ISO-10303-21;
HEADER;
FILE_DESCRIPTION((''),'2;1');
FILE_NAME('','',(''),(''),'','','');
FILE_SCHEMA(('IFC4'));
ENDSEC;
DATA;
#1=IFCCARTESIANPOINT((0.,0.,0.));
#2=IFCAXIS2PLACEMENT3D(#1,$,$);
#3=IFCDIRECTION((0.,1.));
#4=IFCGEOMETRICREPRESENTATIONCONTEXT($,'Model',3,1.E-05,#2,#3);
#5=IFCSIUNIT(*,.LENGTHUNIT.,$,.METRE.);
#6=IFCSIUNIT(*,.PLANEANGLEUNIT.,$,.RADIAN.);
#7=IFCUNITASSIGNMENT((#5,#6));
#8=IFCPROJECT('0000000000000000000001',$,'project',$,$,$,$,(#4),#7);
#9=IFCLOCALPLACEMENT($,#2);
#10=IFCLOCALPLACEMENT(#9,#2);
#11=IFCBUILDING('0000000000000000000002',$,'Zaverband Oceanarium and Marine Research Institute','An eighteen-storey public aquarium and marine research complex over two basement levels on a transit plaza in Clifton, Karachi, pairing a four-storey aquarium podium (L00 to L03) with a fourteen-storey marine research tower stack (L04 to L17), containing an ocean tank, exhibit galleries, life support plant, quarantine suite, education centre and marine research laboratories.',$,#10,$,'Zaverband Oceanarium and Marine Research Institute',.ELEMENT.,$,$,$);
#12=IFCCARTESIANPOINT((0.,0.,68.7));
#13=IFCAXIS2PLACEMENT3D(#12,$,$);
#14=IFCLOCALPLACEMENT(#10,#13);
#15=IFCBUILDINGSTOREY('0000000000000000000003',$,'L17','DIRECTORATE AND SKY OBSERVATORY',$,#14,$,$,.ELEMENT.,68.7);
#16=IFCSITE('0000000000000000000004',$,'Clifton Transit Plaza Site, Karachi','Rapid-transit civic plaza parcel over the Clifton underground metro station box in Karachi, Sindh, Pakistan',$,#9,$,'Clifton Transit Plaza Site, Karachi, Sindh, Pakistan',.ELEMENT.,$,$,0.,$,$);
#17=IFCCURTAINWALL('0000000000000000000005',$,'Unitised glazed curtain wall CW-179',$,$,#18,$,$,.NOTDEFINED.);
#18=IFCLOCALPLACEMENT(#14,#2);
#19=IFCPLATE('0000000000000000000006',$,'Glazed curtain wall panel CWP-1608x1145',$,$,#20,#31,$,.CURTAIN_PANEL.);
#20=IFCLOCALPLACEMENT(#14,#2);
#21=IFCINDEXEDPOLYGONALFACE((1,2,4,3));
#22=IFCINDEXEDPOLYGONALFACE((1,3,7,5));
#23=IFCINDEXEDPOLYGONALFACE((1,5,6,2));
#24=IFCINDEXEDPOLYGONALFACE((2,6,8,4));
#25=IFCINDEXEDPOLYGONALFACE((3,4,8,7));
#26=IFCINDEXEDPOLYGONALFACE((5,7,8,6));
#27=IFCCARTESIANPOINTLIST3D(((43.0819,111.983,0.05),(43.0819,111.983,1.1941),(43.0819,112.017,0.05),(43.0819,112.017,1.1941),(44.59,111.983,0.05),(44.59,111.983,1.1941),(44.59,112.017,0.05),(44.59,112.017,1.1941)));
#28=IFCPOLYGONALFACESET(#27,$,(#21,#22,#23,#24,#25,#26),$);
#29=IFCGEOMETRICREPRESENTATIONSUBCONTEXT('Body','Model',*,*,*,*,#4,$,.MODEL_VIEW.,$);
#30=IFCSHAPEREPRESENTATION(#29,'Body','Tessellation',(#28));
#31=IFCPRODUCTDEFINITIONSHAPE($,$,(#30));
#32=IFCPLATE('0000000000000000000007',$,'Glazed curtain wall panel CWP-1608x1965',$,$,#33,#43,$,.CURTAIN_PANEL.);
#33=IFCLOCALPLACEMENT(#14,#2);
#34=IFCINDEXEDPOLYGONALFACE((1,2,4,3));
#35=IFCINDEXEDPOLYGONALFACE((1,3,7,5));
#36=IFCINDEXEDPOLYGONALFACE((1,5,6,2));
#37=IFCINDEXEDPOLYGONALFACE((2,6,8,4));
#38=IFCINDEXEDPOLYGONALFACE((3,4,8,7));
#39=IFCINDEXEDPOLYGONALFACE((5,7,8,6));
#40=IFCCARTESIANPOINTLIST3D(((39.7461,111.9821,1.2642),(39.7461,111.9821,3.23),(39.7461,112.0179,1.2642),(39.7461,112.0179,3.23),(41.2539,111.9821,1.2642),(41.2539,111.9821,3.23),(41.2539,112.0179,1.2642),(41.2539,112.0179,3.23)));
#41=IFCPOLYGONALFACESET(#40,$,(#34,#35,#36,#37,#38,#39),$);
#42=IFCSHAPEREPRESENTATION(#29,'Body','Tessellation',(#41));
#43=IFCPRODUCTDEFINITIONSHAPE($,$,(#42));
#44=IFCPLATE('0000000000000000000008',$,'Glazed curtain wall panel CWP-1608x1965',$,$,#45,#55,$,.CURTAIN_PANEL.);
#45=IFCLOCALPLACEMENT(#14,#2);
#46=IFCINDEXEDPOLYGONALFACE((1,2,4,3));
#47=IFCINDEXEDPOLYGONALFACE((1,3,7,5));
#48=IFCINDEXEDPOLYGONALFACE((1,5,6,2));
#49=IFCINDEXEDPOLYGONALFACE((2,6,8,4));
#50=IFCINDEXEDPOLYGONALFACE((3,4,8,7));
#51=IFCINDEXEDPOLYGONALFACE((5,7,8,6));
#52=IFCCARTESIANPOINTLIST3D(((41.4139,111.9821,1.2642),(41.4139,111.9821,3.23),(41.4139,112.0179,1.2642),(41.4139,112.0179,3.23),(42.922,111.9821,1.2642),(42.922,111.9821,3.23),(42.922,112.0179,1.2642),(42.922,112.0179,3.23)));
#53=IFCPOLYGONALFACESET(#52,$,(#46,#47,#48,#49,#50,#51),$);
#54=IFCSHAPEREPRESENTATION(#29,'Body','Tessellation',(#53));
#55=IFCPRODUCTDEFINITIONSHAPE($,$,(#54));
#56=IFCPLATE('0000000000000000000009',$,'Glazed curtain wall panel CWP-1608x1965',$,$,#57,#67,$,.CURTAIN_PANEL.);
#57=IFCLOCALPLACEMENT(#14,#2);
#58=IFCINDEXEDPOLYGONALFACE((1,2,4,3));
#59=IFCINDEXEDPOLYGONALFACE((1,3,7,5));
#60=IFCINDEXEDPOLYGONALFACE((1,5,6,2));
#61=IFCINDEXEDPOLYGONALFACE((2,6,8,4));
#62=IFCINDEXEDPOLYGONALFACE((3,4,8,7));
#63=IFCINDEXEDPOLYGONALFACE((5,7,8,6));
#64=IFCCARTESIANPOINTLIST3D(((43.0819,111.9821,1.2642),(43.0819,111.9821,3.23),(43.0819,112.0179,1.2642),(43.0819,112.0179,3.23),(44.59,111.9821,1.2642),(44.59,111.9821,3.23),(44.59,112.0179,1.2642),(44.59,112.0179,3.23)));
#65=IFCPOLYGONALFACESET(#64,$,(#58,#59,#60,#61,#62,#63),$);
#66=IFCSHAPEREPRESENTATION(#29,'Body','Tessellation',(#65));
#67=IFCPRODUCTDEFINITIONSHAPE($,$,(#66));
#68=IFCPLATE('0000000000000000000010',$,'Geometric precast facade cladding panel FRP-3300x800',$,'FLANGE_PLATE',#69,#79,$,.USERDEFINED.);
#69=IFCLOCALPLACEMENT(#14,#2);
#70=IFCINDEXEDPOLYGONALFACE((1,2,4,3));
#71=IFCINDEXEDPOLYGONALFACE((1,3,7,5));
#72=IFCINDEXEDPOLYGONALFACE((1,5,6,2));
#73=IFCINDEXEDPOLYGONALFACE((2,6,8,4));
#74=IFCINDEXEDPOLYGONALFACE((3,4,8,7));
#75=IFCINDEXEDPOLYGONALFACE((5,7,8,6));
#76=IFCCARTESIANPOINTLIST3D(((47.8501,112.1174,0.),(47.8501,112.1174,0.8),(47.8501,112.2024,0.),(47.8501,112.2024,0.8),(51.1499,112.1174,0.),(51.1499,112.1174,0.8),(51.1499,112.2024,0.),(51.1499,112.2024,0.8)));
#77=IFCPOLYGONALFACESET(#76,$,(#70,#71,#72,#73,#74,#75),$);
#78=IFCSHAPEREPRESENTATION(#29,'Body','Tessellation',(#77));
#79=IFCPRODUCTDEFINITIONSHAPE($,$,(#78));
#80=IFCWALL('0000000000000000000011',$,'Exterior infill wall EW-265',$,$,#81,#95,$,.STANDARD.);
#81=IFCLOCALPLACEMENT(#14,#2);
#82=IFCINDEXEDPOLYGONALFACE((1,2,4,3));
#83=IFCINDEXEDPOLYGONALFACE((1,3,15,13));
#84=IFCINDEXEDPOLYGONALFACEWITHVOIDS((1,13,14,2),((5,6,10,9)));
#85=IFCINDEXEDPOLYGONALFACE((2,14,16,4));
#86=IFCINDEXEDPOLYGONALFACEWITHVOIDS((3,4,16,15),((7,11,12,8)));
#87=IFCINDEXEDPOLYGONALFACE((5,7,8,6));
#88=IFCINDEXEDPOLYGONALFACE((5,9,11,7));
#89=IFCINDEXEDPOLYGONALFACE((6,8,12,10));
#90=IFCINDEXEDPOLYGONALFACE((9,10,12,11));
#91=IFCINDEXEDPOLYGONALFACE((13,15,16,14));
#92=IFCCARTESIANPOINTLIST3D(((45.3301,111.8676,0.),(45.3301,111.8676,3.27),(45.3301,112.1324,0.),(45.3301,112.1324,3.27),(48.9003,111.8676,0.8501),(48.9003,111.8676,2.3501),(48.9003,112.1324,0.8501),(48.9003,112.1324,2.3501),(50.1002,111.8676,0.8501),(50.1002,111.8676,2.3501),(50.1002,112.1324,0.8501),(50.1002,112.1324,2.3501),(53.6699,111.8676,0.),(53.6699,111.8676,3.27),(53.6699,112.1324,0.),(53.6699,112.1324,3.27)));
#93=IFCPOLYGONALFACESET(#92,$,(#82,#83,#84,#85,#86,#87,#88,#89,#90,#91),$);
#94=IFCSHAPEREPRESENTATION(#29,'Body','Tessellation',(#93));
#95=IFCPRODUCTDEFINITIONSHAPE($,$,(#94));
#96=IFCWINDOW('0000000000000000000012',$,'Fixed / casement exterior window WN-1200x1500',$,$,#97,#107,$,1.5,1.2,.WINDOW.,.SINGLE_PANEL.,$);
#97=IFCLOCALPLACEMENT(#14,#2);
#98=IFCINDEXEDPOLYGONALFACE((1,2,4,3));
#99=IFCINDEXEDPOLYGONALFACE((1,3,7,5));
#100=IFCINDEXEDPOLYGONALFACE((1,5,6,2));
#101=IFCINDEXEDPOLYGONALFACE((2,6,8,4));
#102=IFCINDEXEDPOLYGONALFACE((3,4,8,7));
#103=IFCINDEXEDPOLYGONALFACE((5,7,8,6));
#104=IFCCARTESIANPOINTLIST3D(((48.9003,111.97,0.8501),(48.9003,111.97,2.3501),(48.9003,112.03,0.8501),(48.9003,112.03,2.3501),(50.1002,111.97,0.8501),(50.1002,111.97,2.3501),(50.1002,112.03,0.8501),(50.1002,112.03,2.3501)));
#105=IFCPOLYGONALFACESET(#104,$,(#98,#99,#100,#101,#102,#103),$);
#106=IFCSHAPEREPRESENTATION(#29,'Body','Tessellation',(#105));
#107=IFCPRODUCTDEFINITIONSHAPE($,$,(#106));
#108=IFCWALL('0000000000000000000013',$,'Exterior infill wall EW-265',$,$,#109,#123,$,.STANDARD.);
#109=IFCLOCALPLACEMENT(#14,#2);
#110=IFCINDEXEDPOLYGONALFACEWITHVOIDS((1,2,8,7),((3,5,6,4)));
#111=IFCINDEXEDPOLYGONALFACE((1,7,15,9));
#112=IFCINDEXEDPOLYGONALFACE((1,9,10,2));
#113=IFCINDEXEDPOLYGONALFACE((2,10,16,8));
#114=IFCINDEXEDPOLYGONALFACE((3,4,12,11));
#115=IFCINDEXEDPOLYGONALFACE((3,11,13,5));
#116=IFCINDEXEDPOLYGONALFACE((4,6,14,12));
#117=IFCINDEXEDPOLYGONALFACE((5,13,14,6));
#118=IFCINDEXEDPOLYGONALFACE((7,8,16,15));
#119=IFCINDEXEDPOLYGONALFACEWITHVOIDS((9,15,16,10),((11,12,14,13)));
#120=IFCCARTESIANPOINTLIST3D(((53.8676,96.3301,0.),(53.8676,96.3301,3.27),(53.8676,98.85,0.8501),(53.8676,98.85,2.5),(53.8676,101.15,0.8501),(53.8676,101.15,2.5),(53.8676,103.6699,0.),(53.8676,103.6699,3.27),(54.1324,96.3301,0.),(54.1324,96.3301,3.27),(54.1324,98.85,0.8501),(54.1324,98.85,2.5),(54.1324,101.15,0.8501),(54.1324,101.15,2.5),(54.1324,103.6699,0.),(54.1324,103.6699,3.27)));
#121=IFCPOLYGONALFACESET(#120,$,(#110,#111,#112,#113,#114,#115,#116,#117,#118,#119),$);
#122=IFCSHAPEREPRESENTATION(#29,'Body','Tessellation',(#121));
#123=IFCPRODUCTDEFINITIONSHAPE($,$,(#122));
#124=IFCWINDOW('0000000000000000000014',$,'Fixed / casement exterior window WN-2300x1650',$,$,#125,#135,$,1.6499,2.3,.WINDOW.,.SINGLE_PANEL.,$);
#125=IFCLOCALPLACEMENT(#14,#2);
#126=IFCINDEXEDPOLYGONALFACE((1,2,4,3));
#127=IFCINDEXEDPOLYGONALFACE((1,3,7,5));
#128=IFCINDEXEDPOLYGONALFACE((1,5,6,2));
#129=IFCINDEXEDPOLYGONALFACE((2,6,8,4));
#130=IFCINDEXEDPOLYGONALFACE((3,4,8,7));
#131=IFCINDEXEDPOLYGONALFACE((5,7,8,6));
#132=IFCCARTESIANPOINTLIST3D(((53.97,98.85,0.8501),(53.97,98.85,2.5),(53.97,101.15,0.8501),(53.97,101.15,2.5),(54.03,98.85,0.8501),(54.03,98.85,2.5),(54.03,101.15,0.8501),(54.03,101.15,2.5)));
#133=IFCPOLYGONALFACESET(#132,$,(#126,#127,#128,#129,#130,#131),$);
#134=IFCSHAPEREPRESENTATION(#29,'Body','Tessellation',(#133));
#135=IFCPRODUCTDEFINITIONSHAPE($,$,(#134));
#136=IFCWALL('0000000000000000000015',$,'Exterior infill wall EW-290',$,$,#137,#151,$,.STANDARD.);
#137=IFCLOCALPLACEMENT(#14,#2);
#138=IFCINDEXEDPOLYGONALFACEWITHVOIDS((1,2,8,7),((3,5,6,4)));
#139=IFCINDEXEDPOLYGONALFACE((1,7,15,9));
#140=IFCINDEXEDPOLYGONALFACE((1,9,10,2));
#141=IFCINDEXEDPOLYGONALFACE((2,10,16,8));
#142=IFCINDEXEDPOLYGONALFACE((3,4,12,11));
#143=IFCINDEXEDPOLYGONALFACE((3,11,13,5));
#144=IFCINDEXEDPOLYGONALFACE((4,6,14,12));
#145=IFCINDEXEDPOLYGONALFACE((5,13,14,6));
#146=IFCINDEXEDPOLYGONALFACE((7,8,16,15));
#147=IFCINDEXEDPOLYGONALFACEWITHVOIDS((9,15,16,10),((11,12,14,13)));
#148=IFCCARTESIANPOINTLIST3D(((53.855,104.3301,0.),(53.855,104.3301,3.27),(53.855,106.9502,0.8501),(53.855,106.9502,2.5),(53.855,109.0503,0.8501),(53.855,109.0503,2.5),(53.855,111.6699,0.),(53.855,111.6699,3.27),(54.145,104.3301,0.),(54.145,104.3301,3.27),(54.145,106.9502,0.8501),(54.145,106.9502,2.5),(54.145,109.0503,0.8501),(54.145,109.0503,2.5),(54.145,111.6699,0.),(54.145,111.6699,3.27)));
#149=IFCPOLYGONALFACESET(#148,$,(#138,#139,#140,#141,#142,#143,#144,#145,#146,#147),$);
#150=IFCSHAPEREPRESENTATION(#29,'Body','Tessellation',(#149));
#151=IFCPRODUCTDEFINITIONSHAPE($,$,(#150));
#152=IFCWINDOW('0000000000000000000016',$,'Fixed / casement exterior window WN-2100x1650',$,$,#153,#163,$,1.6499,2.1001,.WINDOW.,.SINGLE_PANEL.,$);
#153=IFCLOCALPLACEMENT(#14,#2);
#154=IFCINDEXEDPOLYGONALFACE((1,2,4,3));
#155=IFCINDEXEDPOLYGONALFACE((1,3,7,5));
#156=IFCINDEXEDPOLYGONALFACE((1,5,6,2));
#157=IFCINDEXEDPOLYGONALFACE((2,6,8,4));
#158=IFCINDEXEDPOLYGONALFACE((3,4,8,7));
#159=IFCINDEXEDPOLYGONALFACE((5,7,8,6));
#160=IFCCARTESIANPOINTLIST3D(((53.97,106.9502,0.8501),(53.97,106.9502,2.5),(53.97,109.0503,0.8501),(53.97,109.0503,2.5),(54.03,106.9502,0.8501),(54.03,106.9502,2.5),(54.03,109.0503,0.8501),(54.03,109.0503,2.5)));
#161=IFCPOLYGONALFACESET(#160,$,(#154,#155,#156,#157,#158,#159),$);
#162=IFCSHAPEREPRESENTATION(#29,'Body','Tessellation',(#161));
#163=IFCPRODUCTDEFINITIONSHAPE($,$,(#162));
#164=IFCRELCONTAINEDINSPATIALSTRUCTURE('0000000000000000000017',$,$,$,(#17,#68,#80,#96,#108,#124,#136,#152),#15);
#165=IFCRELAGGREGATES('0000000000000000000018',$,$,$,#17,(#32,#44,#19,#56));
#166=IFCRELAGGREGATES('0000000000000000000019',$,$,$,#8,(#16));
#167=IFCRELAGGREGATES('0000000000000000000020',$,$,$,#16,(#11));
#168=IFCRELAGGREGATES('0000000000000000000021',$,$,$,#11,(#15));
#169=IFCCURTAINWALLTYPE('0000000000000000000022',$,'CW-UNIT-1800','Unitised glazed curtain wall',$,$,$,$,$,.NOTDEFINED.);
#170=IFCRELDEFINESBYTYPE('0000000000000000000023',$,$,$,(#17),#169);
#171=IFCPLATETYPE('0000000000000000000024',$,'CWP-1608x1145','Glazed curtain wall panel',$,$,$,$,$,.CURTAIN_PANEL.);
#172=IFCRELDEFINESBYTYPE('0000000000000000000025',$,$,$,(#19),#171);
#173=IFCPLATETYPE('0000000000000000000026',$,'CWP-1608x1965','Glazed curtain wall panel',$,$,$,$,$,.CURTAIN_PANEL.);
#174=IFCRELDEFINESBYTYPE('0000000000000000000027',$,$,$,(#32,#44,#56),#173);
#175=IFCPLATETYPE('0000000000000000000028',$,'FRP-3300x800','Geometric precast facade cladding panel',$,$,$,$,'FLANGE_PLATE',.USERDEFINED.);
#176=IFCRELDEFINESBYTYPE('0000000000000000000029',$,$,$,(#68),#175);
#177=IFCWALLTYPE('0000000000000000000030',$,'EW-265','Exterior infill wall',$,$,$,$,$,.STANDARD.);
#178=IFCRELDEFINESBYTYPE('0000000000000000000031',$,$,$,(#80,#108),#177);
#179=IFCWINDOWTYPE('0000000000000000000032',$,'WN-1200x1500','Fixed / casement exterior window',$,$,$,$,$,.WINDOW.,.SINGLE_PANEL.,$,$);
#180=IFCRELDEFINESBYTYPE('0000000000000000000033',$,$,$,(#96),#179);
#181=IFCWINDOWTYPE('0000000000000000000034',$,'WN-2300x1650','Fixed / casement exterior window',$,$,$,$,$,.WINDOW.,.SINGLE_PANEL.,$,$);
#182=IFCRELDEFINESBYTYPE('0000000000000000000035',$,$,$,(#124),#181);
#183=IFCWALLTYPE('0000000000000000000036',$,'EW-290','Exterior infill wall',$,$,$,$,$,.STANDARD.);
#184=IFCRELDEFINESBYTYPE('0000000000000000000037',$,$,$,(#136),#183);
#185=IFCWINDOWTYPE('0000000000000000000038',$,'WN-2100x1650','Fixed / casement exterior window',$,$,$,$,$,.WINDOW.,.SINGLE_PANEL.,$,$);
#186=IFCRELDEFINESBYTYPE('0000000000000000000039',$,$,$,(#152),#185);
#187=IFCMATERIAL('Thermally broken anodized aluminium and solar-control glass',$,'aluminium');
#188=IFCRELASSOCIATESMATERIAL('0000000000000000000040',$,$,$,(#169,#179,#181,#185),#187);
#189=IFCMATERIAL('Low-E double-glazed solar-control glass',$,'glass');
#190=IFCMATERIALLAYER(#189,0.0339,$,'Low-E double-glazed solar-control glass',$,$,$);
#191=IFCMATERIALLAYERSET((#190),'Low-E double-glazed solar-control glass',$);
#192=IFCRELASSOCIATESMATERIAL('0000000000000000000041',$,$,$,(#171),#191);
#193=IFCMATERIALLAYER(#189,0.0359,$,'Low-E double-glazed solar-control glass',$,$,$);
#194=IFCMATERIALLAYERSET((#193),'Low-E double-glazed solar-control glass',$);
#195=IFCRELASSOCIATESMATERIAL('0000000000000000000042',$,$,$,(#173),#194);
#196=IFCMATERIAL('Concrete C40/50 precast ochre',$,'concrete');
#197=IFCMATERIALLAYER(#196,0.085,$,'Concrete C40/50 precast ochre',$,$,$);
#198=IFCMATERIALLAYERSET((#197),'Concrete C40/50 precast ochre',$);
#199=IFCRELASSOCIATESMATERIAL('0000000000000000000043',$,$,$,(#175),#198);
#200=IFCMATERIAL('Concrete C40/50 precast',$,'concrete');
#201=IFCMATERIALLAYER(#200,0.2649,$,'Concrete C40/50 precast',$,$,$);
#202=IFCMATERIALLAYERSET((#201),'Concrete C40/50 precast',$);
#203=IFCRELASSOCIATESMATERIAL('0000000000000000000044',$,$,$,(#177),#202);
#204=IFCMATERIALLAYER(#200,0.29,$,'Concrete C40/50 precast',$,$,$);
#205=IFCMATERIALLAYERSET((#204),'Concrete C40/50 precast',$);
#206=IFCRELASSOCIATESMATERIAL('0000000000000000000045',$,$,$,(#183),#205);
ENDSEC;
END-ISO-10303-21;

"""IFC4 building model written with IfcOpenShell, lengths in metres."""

from ifc_helpers import new_model, si_unit, direction, frame, frame_2d, origin, place, context, subcontext, project, spatial, rectangle, extrude, material, layer, layer_set, type_object, element, fill, aggregate, save


model = new_model("IFC4")

# Units and contexts
model_context = context("Model", 3, precision=1e-05, world=origin(), true_north=direction((0.0, 1.0)))
body_context = subcontext(model_context, "Body", "Model", "MODEL_VIEW")
ifc_project = project(units=[si_unit("LENGTHUNIT", "METRE"), si_unit("PLANEANGLEUNIT", "RADIAN")], contexts=[model_context])

# Site, building, storey
site_placement = place(None, origin())
site = spatial("IfcSite", under=ifc_project, at=site_placement, Name="Clifton Transit Plaza Site, Karachi", Description="Rapid-transit civic plaza parcel over the Clifton underground metro station box in Karachi, Sindh, Pakistan", LongName="Clifton Transit Plaza Site, Karachi, Sindh, Pakistan", CompositionType="ELEMENT", RefElevation=0.0)
building_placement = place(site_placement, origin())
building = spatial("IfcBuilding", under=site, at=building_placement, Name="Zaverband Oceanarium and Marine Research Institute", Description="An eighteen-storey public aquarium and marine research complex over two basement levels on a transit plaza in Clifton, Karachi, pairing a four-storey aquarium podium (L00 to L03) with a fourteen-storey marine research tower stack (L04 to L17), containing an ocean tank, exhibit galleries, life support plant, quarantine suite, education centre and marine research laboratories.", LongName="Zaverband Oceanarium and Marine Research Institute", CompositionType="ELEMENT")
storey_placement = place(building_placement, frame((0.0, 0.0, 68.7)))
storey = spatial("IfcBuildingStorey", under=building, at=storey_placement, Name="L17", Description="DIRECTORATE AND SKY OBSERVATORY", CompositionType="ELEMENT", Elevation=68.7)

# Curtain wall
ifc_material_1 = material(Name="Thermally broken anodized aluminium and solar-control glass", Category="aluminium")
curtain_wall_type = type_object("IfcCurtainWallType", Name="CW-UNIT-1800", Description="Unitised glazed curtain wall", PredefinedType="NOTDEFINED", material=ifc_material_1)
curtain_wall_placement = place(storey_placement, origin())
curtain_wall = element("IfcCurtainWall", 1, at=curtain_wall_placement, inside=storey, type_object=curtain_wall_type, Name="Unitised glazed curtain wall CW-179", PredefinedType="NOTDEFINED")

# Plates
ifc_material_2 = material(Name="Low-E double-glazed solar-control glass", Category="glass")
ifc_layer_1 = layer(ifc_material_2, 0.0339, Name="Low-E double-glazed solar-control glass")
ifc_layer_set_1 = layer_set([ifc_layer_1], Name="Low-E double-glazed solar-control glass")
plate_type_1 = type_object("IfcPlateType", Name="CWP-1608x1145", Description="Glazed curtain wall panel", PredefinedType="CURTAIN_PANEL", material=ifc_layer_set_1)
plate_1_placement = place(storey_placement, frame((43.082, 112.0, 0.05), z_axis=(0.0, 0.0, 1.0), x_axis=(1.0, 0.0, 0.0)))
plate_1 = element("IfcPlate", 2, at=plate_1_placement, type_object=plate_type_1, Name="Glazed curtain wall panel CWP-1608x1145", PredefinedType="CURTAIN_PANEL", context=body_context, shape_type="SweptSolid", body=[
    extrude(rectangle(XDim=1.5081, YDim=0.0339, at=frame_2d((0.7539, 0.0))), origin(), (0.0, 0.0, 1.0), 1.144),
])
ifc_layer_2 = layer(ifc_material_2, 0.0359, Name="Low-E double-glazed solar-control glass")
ifc_layer_set_2 = layer_set([ifc_layer_2], Name="Low-E double-glazed solar-control glass")
plate_type_2 = type_object("IfcPlateType", Name="CWP-1608x1965", Description="Glazed curtain wall panel", PredefinedType="CURTAIN_PANEL", material=ifc_layer_set_2)
plate_2_placement = place(storey_placement, frame((39.7461, 112.0, 1.2642), z_axis=(0.0, 0.0, 1.0), x_axis=(1.0, 0.0, 0.0)))
plate_2 = element("IfcPlate", 3, at=plate_2_placement, type_object=plate_type_2, Name="Glazed curtain wall panel CWP-1608x1965", PredefinedType="CURTAIN_PANEL", context=body_context, shape_type="SweptSolid", body=[
    extrude(rectangle(XDim=1.5078, YDim=0.0359, at=frame_2d((0.7539, 0.0))), origin(), (0.0, 0.0, 1.0), 1.9658),
])
plate_3_placement = place(storey_placement, frame((41.4141, 112.0, 1.2642), z_axis=(0.0, 0.0, 1.0), x_axis=(1.0, 0.0, 0.0)))
plate_3 = element("IfcPlate", 4, at=plate_3_placement, type_object=plate_type_2, Name="Glazed curtain wall panel CWP-1608x1965", PredefinedType="CURTAIN_PANEL", context=body_context, shape_type="SweptSolid", body=[
    extrude(rectangle(XDim=1.5081, YDim=0.0359, at=frame_2d((0.7539, 0.0))), origin(), (0.0, 0.0, 1.0), 1.9658),
])
plate_4_placement = place(storey_placement, frame((43.082, 112.0, 1.2642), z_axis=(0.0, 0.0, 1.0), x_axis=(1.0, 0.0, 0.0)))
plate_4 = element("IfcPlate", 5, at=plate_4_placement, type_object=plate_type_2, Name="Glazed curtain wall panel CWP-1608x1965", PredefinedType="CURTAIN_PANEL", context=body_context, shape_type="SweptSolid", body=[
    extrude(rectangle(XDim=1.5081, YDim=0.0359, at=frame_2d((0.7539, 0.0))), origin(), (0.0, 0.0, 1.0), 1.9658),
])
aggregate(curtain_wall, [plate_2, plate_3, plate_1, plate_4])
ifc_material_3 = material(Name="Concrete C40/50 precast ochre", Category="concrete")
ifc_layer_3 = layer(ifc_material_3, 0.085, Name="Concrete C40/50 precast ochre")
ifc_layer_set_3 = layer_set([ifc_layer_3], Name="Concrete C40/50 precast ochre")
plate_type_3 = type_object("IfcPlateType", Name="FRP-3300x800", Description="Geometric precast facade cladding panel", ElementType="FLANGE_PLATE", PredefinedType="USERDEFINED", material=ifc_layer_set_3)
plate_5_placement = place(storey_placement, frame((47.8501, 112.1599, 0.0), z_axis=(0.0, 0.0, 1.0), x_axis=(1.0, 0.0, 0.0)))
element("IfcPlate", 6, at=plate_5_placement, inside=storey, type_object=plate_type_3, Name="Geometric precast facade cladding panel FRP-3300x800", ObjectType="FLANGE_PLATE", PredefinedType="USERDEFINED", context=body_context, shape_type="SweptSolid", body=[
    extrude(rectangle(XDim=3.2998, YDim=0.085, at=frame_2d((1.6499, 0.0))), origin(), (0.0, 0.0, 1.0), 0.8),
])

# Walls, openings, windows
ifc_material_4 = material(Name="Concrete C40/50 precast", Category="concrete")
ifc_layer_4 = layer(ifc_material_4, 0.2649, Name="Concrete C40/50 precast")
ifc_layer_set_4 = layer_set([ifc_layer_4], Name="Concrete C40/50 precast")
wall_type_1 = type_object("IfcWallType", Name="EW-265", Description="Exterior infill wall", PredefinedType="STANDARD", material=ifc_layer_set_4)
wall_1_placement = place(storey_placement, frame((45.3301, 112.0, 0.0), z_axis=(0.0, 0.0, 1.0), x_axis=(1.0, 0.0, 0.0)))
wall_1 = element("IfcWall", 7, at=wall_1_placement, inside=storey, type_object=wall_type_1, Name="Exterior infill wall EW-265", PredefinedType="STANDARD", context=body_context, shape_type="SweptSolid", body=[
    extrude(rectangle(XDim=8.3398, YDim=0.2649, at=frame_2d((4.1699, 0.0))), origin(), (0.0, 0.0, 1.0), 3.27),
])
opening_1_placement = place(wall_1_placement, frame((3.5701, 0.0, 0.8501)))
opening_1 = element("IfcOpeningElement", 8, at=opening_1_placement, cuts=wall_1, PredefinedType="OPENING", context=body_context, shape_type="SweptSolid", body=[
    extrude(rectangle(XDim=1.2, YDim=1.5, at=frame_2d((0.6001, 0.75))), frame((0.0, 0.1445, 0.0), z_axis=(0.0, -1.0, 0.0), x_axis=(1.0, 0.0, 0.0)), (0.0, 0.0, 1.0), 0.2888),
])
window_type_1 = type_object("IfcWindowType", Name="WN-1200x1500", Description="Fixed / casement exterior window", PartitioningType="SINGLE_PANEL", PredefinedType="WINDOW", material=ifc_material_1)
window_1_placement = place(opening_1_placement, origin())
window_1 = element("IfcWindow", 9, at=window_1_placement, inside=storey, type_object=window_type_1, Name="Fixed / casement exterior window WN-1200x1500", OverallHeight=1.5, OverallWidth=1.2, PartitioningType="SINGLE_PANEL", PredefinedType="WINDOW", context=body_context, shape_type="SweptSolid", body=[
    extrude(rectangle(XDim=1.2, YDim=1.5, at=frame_2d((0.6001, 0.75))), frame((0.0, 0.03, 0.0), z_axis=(0.0, -1.0, 0.0), x_axis=(1.0, 0.0, 0.0)), (0.0, 0.0, 1.0), 0.0601),
])
fill(opening_1, window_1)
wall_2_placement = place(storey_placement, frame((54.0, 96.3301, 0.0), z_axis=(0.0, 0.0, 1.0), x_axis=(0.0, 1.0, 0.0)))
wall_2 = element("IfcWall", 10, at=wall_2_placement, inside=storey, type_object=wall_type_1, Name="Exterior infill wall EW-265", PredefinedType="STANDARD", context=body_context, shape_type="SweptSolid", body=[
    extrude(rectangle(XDim=7.3398, YDim=0.2649, at=frame_2d((3.6699, 0.0))), origin(), (0.0, 0.0, 1.0), 3.27),
])
opening_2_placement = place(wall_2_placement, frame((2.52, 0.0, 0.8501)))
opening_2 = element("IfcOpeningElement", 11, at=opening_2_placement, cuts=wall_2, PredefinedType="OPENING", context=body_context, shape_type="SweptSolid", body=[
    extrude(rectangle(XDim=2.3, YDim=1.6499, at=frame_2d((1.1499, 0.825))), frame((0.0, 0.1445, 0.0), z_axis=(0.0, -1.0, 0.0), x_axis=(1.0, 0.0, 0.0)), (0.0, 0.0, 1.0), 0.2888),
])
window_type_2 = type_object("IfcWindowType", Name="WN-2300x1650", Description="Fixed / casement exterior window", PartitioningType="SINGLE_PANEL", PredefinedType="WINDOW", material=ifc_material_1)
window_2_placement = place(opening_2_placement, origin())
window_2 = element("IfcWindow", 12, at=window_2_placement, inside=storey, type_object=window_type_2, Name="Fixed / casement exterior window WN-2300x1650", OverallHeight=1.6499, OverallWidth=2.3, PartitioningType="SINGLE_PANEL", PredefinedType="WINDOW", context=body_context, shape_type="SweptSolid", body=[
    extrude(rectangle(XDim=2.3, YDim=1.6499, at=frame_2d((1.1499, 0.825))), frame((0.0, 0.03, 0.0), z_axis=(0.0, -1.0, 0.0), x_axis=(1.0, 0.0, 0.0)), (0.0, 0.0, 1.0), 0.0601),
])
fill(opening_2, window_2)
ifc_layer_5 = layer(ifc_material_4, 0.29, Name="Concrete C40/50 precast")
ifc_layer_set_5 = layer_set([ifc_layer_5], Name="Concrete C40/50 precast")
wall_type_2 = type_object("IfcWallType", Name="EW-290", Description="Exterior infill wall", PredefinedType="STANDARD", material=ifc_layer_set_5)
wall_3_placement = place(storey_placement, frame((54.0, 104.3301, 0.0), z_axis=(0.0, 0.0, 1.0), x_axis=(0.0, 1.0, 0.0)))
wall_3 = element("IfcWall", 13, at=wall_3_placement, inside=storey, type_object=wall_type_2, Name="Exterior infill wall EW-290", PredefinedType="STANDARD", context=body_context, shape_type="SweptSolid", body=[
    extrude(rectangle(XDim=7.3398, YDim=0.29, at=frame_2d((3.6699, 0.0))), origin(), (0.0, 0.0, 1.0), 3.27),
])
opening_3_placement = place(wall_3_placement, frame((2.6201, 0.0, 0.8501)))
opening_3 = element("IfcOpeningElement", 14, at=opening_3_placement, cuts=wall_3, PredefinedType="OPENING", context=body_context, shape_type="SweptSolid", body=[
    extrude(rectangle(XDim=2.1001, YDim=1.6499, at=frame_2d((1.05, 0.825))), frame((0.0, 0.157, 0.0), z_axis=(0.0, -1.0, 0.0), x_axis=(1.0, 0.0, 0.0)), (0.0, 0.0, 1.0), 0.314),
])
window_type_3 = type_object("IfcWindowType", Name="WN-2100x1650", Description="Fixed / casement exterior window", PartitioningType="SINGLE_PANEL", PredefinedType="WINDOW", material=ifc_material_1)
window_3_placement = place(opening_3_placement, origin())
window_3 = element("IfcWindow", 15, at=window_3_placement, inside=storey, type_object=window_type_3, Name="Fixed / casement exterior window WN-2100x1650", OverallHeight=1.6499, OverallWidth=2.1001, PartitioningType="SINGLE_PANEL", PredefinedType="WINDOW", context=body_context, shape_type="SweptSolid", body=[
    extrude(rectangle(XDim=2.1001, YDim=1.6499, at=frame_2d((1.05, 0.825))), frame((0.0, 0.03, 0.0), z_axis=(0.0, -1.0, 0.0), x_axis=(1.0, 0.0, 0.0)), (0.0, 0.0, 1.0), 0.0601),
])
fill(opening_3, window_3)

save(model, "model.ifc")
